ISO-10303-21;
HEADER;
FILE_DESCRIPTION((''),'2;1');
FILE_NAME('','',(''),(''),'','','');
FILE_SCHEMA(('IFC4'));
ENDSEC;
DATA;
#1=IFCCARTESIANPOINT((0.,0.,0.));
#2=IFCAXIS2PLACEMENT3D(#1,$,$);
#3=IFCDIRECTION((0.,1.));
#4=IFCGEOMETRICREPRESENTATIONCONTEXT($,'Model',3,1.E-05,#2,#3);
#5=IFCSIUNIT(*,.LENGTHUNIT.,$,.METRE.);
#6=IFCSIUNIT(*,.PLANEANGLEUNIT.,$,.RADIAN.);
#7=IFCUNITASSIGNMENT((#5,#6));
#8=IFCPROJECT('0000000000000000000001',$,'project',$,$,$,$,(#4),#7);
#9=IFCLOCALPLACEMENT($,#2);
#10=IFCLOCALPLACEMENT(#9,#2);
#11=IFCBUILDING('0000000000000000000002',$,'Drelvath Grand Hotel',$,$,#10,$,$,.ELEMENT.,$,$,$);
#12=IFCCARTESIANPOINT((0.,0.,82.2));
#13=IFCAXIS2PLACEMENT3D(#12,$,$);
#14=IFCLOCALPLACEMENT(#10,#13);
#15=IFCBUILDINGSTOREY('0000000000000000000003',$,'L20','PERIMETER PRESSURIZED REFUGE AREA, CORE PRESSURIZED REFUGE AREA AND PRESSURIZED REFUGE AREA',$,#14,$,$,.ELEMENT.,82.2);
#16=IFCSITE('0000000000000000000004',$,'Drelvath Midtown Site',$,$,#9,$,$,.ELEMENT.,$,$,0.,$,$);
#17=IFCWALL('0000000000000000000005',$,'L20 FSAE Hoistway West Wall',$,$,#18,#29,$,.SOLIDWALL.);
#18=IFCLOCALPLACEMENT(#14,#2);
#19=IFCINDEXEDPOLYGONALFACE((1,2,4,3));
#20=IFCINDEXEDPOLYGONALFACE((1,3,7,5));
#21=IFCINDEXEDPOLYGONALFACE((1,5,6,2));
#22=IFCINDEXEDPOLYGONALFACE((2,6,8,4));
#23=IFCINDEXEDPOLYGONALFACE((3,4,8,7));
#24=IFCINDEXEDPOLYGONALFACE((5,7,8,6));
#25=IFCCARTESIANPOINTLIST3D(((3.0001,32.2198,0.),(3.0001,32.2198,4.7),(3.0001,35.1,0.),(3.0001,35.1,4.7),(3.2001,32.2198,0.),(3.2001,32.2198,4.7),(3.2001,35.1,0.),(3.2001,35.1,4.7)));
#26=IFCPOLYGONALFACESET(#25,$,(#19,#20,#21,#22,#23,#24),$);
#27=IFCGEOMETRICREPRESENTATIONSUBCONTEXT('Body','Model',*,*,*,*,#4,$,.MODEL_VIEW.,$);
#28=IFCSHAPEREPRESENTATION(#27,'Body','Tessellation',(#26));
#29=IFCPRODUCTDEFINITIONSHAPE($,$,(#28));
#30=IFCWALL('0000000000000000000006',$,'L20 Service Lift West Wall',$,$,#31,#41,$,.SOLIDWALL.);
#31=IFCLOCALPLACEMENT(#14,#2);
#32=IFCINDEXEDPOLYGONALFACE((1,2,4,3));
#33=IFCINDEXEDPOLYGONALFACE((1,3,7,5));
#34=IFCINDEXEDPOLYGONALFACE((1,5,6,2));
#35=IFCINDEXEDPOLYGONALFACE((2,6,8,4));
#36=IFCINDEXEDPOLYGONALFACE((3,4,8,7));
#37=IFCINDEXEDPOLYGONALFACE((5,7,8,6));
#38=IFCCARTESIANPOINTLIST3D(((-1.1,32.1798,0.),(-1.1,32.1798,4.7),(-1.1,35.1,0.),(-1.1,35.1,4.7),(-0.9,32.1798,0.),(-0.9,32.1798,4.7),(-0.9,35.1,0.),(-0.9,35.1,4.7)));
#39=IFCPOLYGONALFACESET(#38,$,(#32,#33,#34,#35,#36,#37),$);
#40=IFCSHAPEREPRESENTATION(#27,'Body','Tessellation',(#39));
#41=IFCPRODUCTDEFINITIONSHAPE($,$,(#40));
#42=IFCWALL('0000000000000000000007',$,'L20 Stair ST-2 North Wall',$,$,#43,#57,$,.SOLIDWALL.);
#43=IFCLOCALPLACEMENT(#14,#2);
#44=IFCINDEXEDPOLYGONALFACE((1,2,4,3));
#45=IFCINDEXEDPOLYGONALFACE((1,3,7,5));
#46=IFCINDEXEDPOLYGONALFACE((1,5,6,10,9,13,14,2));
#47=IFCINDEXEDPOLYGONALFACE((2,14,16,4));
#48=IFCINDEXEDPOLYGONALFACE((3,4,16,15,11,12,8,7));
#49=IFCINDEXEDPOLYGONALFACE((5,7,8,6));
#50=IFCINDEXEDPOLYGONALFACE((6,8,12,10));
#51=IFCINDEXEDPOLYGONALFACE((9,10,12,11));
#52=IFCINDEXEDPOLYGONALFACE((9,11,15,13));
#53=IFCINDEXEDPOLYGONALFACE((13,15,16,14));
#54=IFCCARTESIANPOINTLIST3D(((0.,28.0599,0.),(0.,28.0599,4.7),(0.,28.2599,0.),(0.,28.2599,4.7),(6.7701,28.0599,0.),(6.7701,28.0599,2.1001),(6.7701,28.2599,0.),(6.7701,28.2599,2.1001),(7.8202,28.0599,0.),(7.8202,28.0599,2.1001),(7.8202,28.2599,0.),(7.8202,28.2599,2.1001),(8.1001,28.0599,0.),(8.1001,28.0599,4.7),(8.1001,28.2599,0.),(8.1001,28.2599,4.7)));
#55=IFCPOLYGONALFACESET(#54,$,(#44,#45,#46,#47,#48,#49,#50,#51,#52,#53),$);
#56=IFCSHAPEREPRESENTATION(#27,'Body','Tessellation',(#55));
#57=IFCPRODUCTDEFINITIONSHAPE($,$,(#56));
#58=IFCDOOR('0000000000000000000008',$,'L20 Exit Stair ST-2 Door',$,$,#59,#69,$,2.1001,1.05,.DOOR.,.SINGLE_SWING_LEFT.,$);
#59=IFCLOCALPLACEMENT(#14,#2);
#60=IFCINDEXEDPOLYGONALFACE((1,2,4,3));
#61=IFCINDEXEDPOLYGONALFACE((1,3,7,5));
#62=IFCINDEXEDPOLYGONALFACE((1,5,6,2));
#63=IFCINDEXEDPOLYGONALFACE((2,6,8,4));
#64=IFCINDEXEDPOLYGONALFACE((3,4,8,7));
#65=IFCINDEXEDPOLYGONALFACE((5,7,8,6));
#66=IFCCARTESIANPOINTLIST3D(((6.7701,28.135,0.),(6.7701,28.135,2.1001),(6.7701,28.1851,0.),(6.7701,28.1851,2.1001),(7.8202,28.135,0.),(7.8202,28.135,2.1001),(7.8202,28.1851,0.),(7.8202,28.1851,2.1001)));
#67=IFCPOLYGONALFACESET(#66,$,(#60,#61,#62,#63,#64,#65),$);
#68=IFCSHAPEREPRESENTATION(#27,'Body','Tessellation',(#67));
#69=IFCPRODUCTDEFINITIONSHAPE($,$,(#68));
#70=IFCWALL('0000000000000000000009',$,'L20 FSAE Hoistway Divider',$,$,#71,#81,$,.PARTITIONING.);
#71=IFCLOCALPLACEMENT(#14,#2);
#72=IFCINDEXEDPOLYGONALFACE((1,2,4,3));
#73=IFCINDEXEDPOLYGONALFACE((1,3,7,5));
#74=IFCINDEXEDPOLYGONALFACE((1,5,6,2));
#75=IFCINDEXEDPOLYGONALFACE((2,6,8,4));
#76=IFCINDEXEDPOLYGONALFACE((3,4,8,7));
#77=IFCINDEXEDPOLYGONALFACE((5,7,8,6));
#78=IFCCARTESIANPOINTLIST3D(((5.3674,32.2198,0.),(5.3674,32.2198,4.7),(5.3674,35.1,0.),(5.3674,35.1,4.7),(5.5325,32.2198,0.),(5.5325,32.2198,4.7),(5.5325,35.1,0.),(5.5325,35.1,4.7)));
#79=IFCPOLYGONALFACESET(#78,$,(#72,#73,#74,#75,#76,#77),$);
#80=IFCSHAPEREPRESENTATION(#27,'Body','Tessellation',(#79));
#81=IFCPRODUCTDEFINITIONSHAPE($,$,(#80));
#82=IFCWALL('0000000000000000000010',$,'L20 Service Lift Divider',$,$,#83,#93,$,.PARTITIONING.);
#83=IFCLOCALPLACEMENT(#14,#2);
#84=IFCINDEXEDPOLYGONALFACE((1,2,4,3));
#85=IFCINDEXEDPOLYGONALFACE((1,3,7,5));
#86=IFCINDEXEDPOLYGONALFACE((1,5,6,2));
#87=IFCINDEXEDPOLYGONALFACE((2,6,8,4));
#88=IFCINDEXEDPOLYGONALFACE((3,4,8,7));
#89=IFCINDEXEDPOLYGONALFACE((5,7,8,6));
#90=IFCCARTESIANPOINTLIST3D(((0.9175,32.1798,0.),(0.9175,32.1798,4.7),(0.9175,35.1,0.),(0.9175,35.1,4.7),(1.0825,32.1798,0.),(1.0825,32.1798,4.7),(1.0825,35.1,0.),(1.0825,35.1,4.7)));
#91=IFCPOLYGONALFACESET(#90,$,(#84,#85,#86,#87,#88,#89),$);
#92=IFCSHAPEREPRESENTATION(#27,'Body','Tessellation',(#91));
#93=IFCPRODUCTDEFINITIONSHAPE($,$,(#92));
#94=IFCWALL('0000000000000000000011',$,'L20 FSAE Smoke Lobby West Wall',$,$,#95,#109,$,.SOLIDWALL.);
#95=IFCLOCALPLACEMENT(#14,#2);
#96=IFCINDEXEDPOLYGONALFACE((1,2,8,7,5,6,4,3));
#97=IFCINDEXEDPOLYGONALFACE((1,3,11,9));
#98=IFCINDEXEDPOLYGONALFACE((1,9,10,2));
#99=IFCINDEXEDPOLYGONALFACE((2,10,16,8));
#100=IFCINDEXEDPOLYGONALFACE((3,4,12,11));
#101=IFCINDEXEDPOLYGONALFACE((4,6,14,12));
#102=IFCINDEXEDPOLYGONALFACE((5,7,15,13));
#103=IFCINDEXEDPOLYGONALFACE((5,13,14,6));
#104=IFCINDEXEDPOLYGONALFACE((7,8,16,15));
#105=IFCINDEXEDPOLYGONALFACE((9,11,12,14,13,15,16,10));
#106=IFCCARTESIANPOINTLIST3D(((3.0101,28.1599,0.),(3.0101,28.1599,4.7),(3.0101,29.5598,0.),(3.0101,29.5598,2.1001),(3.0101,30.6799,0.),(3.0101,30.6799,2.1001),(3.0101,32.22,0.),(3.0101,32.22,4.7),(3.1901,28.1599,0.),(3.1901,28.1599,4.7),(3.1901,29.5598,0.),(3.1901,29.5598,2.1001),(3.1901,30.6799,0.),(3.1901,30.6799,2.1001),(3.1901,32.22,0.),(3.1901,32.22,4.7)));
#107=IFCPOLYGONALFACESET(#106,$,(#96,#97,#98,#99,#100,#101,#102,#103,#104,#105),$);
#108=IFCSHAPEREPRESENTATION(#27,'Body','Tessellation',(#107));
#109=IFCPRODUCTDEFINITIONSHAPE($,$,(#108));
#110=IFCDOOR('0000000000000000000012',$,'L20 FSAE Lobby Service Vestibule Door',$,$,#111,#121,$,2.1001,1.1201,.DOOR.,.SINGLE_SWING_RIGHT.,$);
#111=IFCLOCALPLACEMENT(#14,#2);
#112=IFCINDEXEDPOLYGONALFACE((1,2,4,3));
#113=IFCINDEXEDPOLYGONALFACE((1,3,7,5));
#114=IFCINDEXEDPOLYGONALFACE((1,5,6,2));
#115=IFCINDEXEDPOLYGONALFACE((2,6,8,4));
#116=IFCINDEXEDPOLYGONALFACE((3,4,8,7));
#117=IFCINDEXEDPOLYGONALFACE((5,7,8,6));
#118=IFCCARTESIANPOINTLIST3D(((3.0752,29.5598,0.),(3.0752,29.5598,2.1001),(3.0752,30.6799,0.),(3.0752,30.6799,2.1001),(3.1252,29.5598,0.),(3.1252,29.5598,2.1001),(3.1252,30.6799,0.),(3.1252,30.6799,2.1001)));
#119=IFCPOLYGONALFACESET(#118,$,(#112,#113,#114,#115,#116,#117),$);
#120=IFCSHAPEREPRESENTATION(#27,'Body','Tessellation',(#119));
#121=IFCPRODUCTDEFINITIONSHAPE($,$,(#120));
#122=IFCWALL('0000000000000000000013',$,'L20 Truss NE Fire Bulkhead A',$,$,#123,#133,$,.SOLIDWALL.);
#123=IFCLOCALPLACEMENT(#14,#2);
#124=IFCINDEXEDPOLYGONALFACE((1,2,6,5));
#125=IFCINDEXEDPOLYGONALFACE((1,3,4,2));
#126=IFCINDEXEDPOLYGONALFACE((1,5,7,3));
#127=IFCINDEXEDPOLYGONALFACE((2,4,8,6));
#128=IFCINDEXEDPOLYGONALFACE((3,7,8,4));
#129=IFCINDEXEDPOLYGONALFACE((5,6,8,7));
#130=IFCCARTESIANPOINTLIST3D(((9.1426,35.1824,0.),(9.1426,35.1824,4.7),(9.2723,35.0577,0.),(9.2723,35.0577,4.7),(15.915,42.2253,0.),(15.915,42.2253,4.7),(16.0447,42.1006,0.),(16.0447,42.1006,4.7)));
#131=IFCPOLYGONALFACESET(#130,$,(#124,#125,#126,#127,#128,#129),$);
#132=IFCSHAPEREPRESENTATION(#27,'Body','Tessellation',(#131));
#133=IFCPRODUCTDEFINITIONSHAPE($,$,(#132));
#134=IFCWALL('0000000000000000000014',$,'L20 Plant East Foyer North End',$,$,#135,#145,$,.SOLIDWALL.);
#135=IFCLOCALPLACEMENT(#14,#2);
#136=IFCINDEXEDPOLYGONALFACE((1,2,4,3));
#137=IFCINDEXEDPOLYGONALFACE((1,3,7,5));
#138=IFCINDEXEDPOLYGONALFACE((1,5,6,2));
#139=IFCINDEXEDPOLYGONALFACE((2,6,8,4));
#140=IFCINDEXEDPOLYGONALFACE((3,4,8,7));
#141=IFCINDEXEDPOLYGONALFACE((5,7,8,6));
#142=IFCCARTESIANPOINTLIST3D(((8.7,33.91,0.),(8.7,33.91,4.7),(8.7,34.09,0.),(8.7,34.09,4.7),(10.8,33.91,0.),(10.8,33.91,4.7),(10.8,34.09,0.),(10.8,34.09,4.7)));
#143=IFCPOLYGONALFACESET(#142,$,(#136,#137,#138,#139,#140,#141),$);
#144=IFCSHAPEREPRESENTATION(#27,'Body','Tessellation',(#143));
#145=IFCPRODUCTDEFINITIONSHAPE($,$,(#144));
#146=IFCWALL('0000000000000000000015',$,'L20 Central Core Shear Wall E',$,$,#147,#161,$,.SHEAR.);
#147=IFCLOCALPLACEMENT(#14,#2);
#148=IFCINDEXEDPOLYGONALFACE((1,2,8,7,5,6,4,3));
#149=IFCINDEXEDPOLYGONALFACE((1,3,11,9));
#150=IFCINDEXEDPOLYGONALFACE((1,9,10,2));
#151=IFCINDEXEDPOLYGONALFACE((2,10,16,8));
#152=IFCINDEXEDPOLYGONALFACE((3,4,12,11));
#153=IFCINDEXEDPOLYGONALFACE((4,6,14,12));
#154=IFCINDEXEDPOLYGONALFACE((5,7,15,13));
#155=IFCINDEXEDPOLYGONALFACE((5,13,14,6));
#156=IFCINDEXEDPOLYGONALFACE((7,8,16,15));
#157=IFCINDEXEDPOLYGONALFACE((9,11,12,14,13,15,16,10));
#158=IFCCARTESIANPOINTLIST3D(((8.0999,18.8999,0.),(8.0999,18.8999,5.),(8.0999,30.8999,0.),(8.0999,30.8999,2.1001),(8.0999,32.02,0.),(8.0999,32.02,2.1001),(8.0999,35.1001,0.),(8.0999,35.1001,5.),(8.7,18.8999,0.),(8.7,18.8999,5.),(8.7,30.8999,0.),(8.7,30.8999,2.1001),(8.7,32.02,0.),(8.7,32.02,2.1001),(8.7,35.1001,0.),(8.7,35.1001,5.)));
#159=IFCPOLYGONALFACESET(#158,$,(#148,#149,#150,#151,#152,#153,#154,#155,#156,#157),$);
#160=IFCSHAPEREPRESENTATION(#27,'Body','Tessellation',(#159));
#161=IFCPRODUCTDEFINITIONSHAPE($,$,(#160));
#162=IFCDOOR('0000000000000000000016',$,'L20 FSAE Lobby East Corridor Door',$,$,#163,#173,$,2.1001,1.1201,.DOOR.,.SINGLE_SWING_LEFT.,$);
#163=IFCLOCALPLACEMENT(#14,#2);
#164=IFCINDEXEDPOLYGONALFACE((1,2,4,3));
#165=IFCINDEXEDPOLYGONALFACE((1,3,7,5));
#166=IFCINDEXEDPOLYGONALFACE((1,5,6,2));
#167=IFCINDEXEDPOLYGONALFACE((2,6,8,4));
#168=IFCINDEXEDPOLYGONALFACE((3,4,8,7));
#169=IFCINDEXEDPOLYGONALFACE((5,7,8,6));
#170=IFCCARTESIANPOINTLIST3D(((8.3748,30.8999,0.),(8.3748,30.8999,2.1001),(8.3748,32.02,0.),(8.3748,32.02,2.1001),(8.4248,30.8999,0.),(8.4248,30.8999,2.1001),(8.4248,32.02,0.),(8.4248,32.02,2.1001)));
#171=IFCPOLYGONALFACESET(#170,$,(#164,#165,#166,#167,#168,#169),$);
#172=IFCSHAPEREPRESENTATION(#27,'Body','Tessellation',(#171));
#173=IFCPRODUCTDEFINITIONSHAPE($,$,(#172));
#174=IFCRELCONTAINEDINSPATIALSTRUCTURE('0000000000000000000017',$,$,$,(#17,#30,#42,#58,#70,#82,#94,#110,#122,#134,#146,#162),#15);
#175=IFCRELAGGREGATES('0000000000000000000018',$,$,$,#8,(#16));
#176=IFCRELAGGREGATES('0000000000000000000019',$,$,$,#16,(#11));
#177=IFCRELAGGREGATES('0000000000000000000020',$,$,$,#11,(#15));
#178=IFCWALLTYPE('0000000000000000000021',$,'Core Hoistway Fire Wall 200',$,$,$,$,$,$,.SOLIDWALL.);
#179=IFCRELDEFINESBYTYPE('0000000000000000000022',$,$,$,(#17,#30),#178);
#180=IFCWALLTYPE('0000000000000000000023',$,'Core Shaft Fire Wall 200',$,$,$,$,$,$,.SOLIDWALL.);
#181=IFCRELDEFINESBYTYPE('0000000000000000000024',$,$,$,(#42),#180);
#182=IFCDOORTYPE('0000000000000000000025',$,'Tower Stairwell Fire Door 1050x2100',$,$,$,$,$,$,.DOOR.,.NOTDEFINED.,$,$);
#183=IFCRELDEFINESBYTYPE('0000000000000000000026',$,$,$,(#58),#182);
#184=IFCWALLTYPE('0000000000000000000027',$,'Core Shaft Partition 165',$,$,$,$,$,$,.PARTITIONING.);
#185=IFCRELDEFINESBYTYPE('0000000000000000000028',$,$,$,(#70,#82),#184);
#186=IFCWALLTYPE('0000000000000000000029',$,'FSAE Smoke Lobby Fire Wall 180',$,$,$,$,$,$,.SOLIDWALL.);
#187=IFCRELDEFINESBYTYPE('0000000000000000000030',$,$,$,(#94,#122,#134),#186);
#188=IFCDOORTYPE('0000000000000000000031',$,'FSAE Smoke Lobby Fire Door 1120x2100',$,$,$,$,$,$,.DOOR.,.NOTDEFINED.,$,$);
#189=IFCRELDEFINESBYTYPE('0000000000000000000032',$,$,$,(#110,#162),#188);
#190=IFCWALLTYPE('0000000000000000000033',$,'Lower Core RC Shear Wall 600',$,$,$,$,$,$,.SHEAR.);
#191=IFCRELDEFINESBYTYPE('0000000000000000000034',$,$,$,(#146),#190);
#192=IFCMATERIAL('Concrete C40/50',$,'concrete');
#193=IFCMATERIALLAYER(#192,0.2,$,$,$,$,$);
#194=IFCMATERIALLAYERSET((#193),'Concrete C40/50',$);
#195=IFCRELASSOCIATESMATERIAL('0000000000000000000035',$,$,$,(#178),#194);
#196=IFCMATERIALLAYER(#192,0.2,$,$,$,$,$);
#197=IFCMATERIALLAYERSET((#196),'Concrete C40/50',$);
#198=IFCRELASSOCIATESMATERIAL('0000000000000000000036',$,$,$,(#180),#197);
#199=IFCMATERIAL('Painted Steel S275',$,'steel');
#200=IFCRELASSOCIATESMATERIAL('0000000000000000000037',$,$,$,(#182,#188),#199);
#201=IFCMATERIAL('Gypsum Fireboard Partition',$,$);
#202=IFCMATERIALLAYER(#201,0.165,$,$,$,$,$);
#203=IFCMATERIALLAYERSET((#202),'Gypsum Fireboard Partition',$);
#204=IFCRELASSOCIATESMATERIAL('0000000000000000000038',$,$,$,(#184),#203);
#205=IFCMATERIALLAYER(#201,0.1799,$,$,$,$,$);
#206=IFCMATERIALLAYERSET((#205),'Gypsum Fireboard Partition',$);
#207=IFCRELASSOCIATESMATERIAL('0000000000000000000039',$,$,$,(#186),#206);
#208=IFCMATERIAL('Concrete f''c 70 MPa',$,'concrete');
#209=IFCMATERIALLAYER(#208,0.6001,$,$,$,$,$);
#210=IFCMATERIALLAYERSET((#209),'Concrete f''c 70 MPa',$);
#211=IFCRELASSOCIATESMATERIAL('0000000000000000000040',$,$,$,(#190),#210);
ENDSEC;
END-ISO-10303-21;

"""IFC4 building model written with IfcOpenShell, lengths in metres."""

from ifc_helpers import new_model, si_unit, direction, frame, frame_2d, origin, place, context, subcontext, project, spatial, rectangle, extrude, material, layer, layer_set, type_object, element, fill, save


model = new_model("IFC4")

# Units and contexts
model_context = context("Model", 3, precision=1e-05, world=origin(), true_north=direction((0.0, 1.0)))
body_context = subcontext(model_context, "Body", "Model", "MODEL_VIEW")
ifc_project = project(units=[si_unit("LENGTHUNIT", "METRE"), si_unit("PLANEANGLEUNIT", "RADIAN")], contexts=[model_context])

# Site, building, storey
site_placement = place(None, origin())
site = spatial("IfcSite", under=ifc_project, at=site_placement, Name="Drelvath Midtown Site", CompositionType="ELEMENT", RefElevation=0.0)
building_placement = place(site_placement, origin())
building = spatial("IfcBuilding", under=site, at=building_placement, Name="Drelvath Grand Hotel", CompositionType="ELEMENT")
storey_placement = place(building_placement, frame((0.0, 0.0, 82.2)))
storey = spatial("IfcBuildingStorey", under=building, at=storey_placement, Name="L20", Description="PERIMETER PRESSURIZED REFUGE AREA, CORE PRESSURIZED REFUGE AREA AND PRESSURIZED REFUGE AREA", CompositionType="ELEMENT", Elevation=82.2)

# Shared definitions
ifc_material_1 = material(Name="Concrete f'c 70 MPa", Category="concrete")

# Shared definitions
ifc_material_2 = material(Name="Concrete C40/50", Category="concrete")
ifc_layer_1 = layer(ifc_material_2, 0.2)
ifc_layer_set_1 = layer_set([ifc_layer_1], Name="Concrete C40/50")
wall_type_1 = type_object("IfcWallType", Name="Core Hoistway Fire Wall 200", PredefinedType="SOLIDWALL", material=ifc_layer_set_1)

# Walls
wall_1_placement = place(storey_placement, frame((3.1001, 32.22, 0.0), z_axis=(0.0, 0.0, 1.0), x_axis=(0.0, 1.0, 0.0)))
element("IfcWall", 1, at=wall_1_placement, inside=storey, type_object=wall_type_1, Name="L20 FSAE Hoistway West Wall", PredefinedType="SOLIDWALL", context=body_context, shape_type="SweptSolid", body=[
    extrude(rectangle(XDim=2.8801, YDim=0.2, at=frame_2d((1.4399, 0.0))), origin(), (0.0, 0.0, 1.0), 4.7),
])
wall_2_placement = place(storey_placement, frame((-1.0, 32.1799, 0.0), z_axis=(0.0, 0.0, 1.0), x_axis=(0.0, 1.0, 0.0)))
element("IfcWall", 2, at=wall_2_placement, inside=storey, type_object=wall_type_1, Name="L20 Service Lift West Wall", PredefinedType="SOLIDWALL", context=body_context, shape_type="SweptSolid", body=[
    extrude(rectangle(XDim=2.9202, YDim=0.2, at=frame_2d((1.46, 0.0))), origin(), (0.0, 0.0, 1.0), 4.7),
])

# Wall, opening, door
ifc_layer_2 = layer(ifc_material_2, 0.2)
ifc_layer_set_2 = layer_set([ifc_layer_2], Name="Concrete C40/50")
wall_type_2 = type_object("IfcWallType", Name="Core Shaft Fire Wall 200", PredefinedType="SOLIDWALL", material=ifc_layer_set_2)
wall_3_placement = place(storey_placement, frame((8.1001, 28.1599, 0.0), z_axis=(0.0, 0.0, 1.0), x_axis=(-1.0, 0.0, 0.0)))
wall_3 = element("IfcWall", 3, at=wall_3_placement, inside=storey, type_object=wall_type_2, Name="L20 Stair ST-2 North Wall", PredefinedType="SOLIDWALL", context=body_context, shape_type="SweptSolid", body=[
    extrude(rectangle(XDim=8.1001, YDim=0.2, at=frame_2d((4.05, 0.0))), origin(), (0.0, 0.0, 1.0), 4.7),
])
opening_1_placement = place(wall_3_placement, frame((0.28, 0.0, 0.0)))
opening_1 = element("IfcOpeningElement", 4, at=opening_1_placement, cuts=wall_3, PredefinedType="OPENING", context=body_context, shape_type="SweptSolid", body=[
    extrude(rectangle(XDim=1.05, YDim=2.1001, at=frame_2d((0.5249, 1.05))), frame((0.0, 0.1099, 0.0), z_axis=(0.0, -1.0, 0.0), x_axis=(1.0, 0.0, 0.0)), (0.0, 0.0, 1.0), 0.22),
])
ifc_material_3 = material(Name="Painted Steel S275", Category="steel")
door_type_1 = type_object("IfcDoorType", Name="Tower Stairwell Fire Door 1050x2100", OperationType="NOTDEFINED", PredefinedType="DOOR", material=ifc_material_3)
door_1_placement = place(opening_1_placement, origin())
door_1 = element("IfcDoor", 5, at=door_1_placement, inside=storey, type_object=door_type_1, Name="L20 Exit Stair ST-2 Door", OperationType="SINGLE_SWING_LEFT", OverallHeight=2.1001, OverallWidth=1.05, PredefinedType="DOOR", context=body_context, shape_type="SweptSolid", body=[
    extrude(rectangle(XDim=1.05, YDim=2.1001, at=frame_2d((0.5249, 1.05))), frame((0.0, 0.0249, 0.0), z_axis=(0.0, -1.0, 0.0), x_axis=(1.0, 0.0, 0.0)), (0.0, 0.0, 1.0), 0.05),
])
fill(opening_1, door_1)

# Walls
ifc_material_4 = material(Name="Gypsum Fireboard Partition")
ifc_layer_3 = layer(ifc_material_4, 0.165)
ifc_layer_set_3 = layer_set([ifc_layer_3], Name="Gypsum Fireboard Partition")
wall_type_3 = type_object("IfcWallType", Name="Core Shaft Partition 165", PredefinedType="PARTITIONING", material=ifc_layer_set_3)
wall_4_placement = place(storey_placement, frame((5.45, 32.22, 0.0), z_axis=(0.0, 0.0, 1.0), x_axis=(0.0, 1.0, 0.0)))
element("IfcWall", 6, at=wall_4_placement, inside=storey, type_object=wall_type_3, Name="L20 FSAE Hoistway Divider", PredefinedType="PARTITIONING", context=body_context, shape_type="SweptSolid", body=[
    extrude(rectangle(XDim=2.8801, YDim=0.165, at=frame_2d((1.4399, 0.0))), origin(), (0.0, 0.0, 1.0), 4.7),
])
wall_5_placement = place(storey_placement, frame((1.0, 32.1799, 0.0), z_axis=(0.0, 0.0, 1.0), x_axis=(0.0, 1.0, 0.0)))
element("IfcWall", 7, at=wall_5_placement, inside=storey, type_object=wall_type_3, Name="L20 Service Lift Divider", PredefinedType="PARTITIONING", context=body_context, shape_type="SweptSolid", body=[
    extrude(rectangle(XDim=2.9202, YDim=0.165, at=frame_2d((1.46, 0.0))), origin(), (0.0, 0.0, 1.0), 4.7),
])

# Wall, opening, door
ifc_layer_4 = layer(ifc_material_4, 0.1799)
ifc_layer_set_4 = layer_set([ifc_layer_4], Name="Gypsum Fireboard Partition")
wall_type_4 = type_object("IfcWallType", Name="FSAE Smoke Lobby Fire Wall 180", PredefinedType="SOLIDWALL", material=ifc_layer_set_4)
wall_6_placement = place(storey_placement, frame((3.1001, 28.1599, 0.0), z_axis=(0.0, 0.0, 1.0), x_axis=(0.0, 1.0, 0.0)))
wall_6 = element("IfcWall", 8, at=wall_6_placement, inside=storey, type_object=wall_type_4, Name="L20 FSAE Smoke Lobby West Wall", PredefinedType="SOLIDWALL", context=body_context, shape_type="SweptSolid", body=[
    extrude(rectangle(XDim=4.0601, YDim=0.1799, at=frame_2d((2.03, 0.0))), origin(), (0.0, 0.0, 1.0), 4.7),
])
opening_2_placement = place(wall_6_placement, frame((1.3999, 0.0, 0.0)))
opening_2 = element("IfcOpeningElement", 9, at=opening_2_placement, cuts=wall_6, PredefinedType="OPENING", context=body_context, shape_type="SweptSolid", body=[
    extrude(rectangle(XDim=1.1201, YDim=2.1001, at=frame_2d((0.5601, 1.05))), frame((0.0, 0.0999, 0.0), z_axis=(0.0, -1.0, 0.0), x_axis=(1.0, 0.0, 0.0)), (0.0, 0.0, 1.0), 0.2),
])
door_type_2 = type_object("IfcDoorType", Name="FSAE Smoke Lobby Fire Door 1120x2100", OperationType="NOTDEFINED", PredefinedType="DOOR", material=ifc_material_3)
door_2_placement = place(opening_2_placement, origin())
door_2 = element("IfcDoor", 10, at=door_2_placement, inside=storey, type_object=door_type_2, Name="L20 FSAE Lobby Service Vestibule Door", OperationType="SINGLE_SWING_RIGHT", OverallHeight=2.1001, OverallWidth=1.1201, PredefinedType="DOOR", context=body_context, shape_type="SweptSolid", body=[
    extrude(rectangle(XDim=1.1201, YDim=2.1001, at=frame_2d((0.5601, 1.05))), frame((0.0, 0.0249, 0.0), z_axis=(0.0, -1.0, 0.0), x_axis=(1.0, 0.0, 0.0)), (0.0, 0.0, 1.0), 0.05),
])
fill(opening_2, door_2)

# Walls
wall_7_placement = place(storey_placement, frame((9.2075, 35.1201, 0.0), z_axis=(0.0, 0.0, 1.0), x_axis=(0.693129, 0.720814, 0.0)))
element("IfcWall", 11, at=wall_7_placement, inside=storey, type_object=wall_type_4, Name="L20 Truss NE Fire Bulkhead A", PredefinedType="SOLIDWALL", context=body_context, shape_type="SweptSolid", body=[
    extrude(rectangle(XDim=9.7708, YDim=0.1799, at=frame_2d((4.8853, 0.0))), origin(), (0.0, 0.0, 1.0), 4.7),
])
wall_8_placement = place(storey_placement, frame((8.7, 34.0, 0.0), z_axis=(0.0, 0.0, 1.0), x_axis=(1.0, 0.0, 0.0)))
element("IfcWall", 12, at=wall_8_placement, inside=storey, type_object=wall_type_4, Name="L20 Plant East Foyer North End", PredefinedType="SOLIDWALL", context=body_context, shape_type="SweptSolid", body=[
    extrude(rectangle(XDim=2.1001, YDim=0.1799, at=frame_2d((1.05, 0.0))), origin(), (0.0, 0.0, 1.0), 4.7),
])

# Wall, opening, door
ifc_layer_5 = layer(ifc_material_1, 0.6001)
ifc_layer_set_5 = layer_set([ifc_layer_5], Name="Concrete f'c 70 MPa")
wall_type_5 = type_object("IfcWallType", Name="Lower Core RC Shear Wall 600", PredefinedType="SHEAR", material=ifc_layer_set_5)
wall_9_placement = place(storey_placement, frame((8.3999, 35.1001, 0.0), z_axis=(0.0, 0.0, 1.0), x_axis=(0.0, -1.0, 0.0)))
wall_9 = element("IfcWall", 13, at=wall_9_placement, inside=storey, type_object=wall_type_5, Name="L20 Central Core Shear Wall E", PredefinedType="SHEAR", context=body_context, shape_type="SweptSolid", body=[
    extrude(rectangle(XDim=16.2002, YDim=0.6001, at=frame_2d((8.1001, 0.0))), origin(), (0.0, 0.0, 1.0), 5.0),
])
opening_3_placement = place(wall_9_placement, frame((3.0801, 0.0, 0.0)))
opening_3 = element("IfcOpeningElement", 14, at=opening_3_placement, cuts=wall_9, PredefinedType="OPENING", context=body_context, shape_type="SweptSolid", body=[
    extrude(rectangle(XDim=1.1201, YDim=2.1001, at=frame_2d((0.5601, 1.05))), frame((0.0, 0.3101, 0.0), z_axis=(0.0, -1.0, 0.0), x_axis=(1.0, 0.0, 0.0)), (0.0, 0.0, 1.0), 0.6201),
])
door_3_placement = place(opening_3_placement, origin())
door_3 = element("IfcDoor", 15, at=door_3_placement, inside=storey, type_object=door_type_2, Name="L20 FSAE Lobby East Corridor Door", OperationType="SINGLE_SWING_LEFT", OverallHeight=2.1001, OverallWidth=1.1201, PredefinedType="DOOR", context=body_context, shape_type="SweptSolid", body=[
    extrude(rectangle(XDim=1.1201, YDim=2.1001, at=frame_2d((0.5601, 1.05))), frame((0.0, 0.0249, 0.0), z_axis=(0.0, -1.0, 0.0), x_axis=(1.0, 0.0, 0.0)), (0.0, 0.0, 1.0), 0.05),
])
fill(opening_3, door_3)

save(model, "model.ifc")
